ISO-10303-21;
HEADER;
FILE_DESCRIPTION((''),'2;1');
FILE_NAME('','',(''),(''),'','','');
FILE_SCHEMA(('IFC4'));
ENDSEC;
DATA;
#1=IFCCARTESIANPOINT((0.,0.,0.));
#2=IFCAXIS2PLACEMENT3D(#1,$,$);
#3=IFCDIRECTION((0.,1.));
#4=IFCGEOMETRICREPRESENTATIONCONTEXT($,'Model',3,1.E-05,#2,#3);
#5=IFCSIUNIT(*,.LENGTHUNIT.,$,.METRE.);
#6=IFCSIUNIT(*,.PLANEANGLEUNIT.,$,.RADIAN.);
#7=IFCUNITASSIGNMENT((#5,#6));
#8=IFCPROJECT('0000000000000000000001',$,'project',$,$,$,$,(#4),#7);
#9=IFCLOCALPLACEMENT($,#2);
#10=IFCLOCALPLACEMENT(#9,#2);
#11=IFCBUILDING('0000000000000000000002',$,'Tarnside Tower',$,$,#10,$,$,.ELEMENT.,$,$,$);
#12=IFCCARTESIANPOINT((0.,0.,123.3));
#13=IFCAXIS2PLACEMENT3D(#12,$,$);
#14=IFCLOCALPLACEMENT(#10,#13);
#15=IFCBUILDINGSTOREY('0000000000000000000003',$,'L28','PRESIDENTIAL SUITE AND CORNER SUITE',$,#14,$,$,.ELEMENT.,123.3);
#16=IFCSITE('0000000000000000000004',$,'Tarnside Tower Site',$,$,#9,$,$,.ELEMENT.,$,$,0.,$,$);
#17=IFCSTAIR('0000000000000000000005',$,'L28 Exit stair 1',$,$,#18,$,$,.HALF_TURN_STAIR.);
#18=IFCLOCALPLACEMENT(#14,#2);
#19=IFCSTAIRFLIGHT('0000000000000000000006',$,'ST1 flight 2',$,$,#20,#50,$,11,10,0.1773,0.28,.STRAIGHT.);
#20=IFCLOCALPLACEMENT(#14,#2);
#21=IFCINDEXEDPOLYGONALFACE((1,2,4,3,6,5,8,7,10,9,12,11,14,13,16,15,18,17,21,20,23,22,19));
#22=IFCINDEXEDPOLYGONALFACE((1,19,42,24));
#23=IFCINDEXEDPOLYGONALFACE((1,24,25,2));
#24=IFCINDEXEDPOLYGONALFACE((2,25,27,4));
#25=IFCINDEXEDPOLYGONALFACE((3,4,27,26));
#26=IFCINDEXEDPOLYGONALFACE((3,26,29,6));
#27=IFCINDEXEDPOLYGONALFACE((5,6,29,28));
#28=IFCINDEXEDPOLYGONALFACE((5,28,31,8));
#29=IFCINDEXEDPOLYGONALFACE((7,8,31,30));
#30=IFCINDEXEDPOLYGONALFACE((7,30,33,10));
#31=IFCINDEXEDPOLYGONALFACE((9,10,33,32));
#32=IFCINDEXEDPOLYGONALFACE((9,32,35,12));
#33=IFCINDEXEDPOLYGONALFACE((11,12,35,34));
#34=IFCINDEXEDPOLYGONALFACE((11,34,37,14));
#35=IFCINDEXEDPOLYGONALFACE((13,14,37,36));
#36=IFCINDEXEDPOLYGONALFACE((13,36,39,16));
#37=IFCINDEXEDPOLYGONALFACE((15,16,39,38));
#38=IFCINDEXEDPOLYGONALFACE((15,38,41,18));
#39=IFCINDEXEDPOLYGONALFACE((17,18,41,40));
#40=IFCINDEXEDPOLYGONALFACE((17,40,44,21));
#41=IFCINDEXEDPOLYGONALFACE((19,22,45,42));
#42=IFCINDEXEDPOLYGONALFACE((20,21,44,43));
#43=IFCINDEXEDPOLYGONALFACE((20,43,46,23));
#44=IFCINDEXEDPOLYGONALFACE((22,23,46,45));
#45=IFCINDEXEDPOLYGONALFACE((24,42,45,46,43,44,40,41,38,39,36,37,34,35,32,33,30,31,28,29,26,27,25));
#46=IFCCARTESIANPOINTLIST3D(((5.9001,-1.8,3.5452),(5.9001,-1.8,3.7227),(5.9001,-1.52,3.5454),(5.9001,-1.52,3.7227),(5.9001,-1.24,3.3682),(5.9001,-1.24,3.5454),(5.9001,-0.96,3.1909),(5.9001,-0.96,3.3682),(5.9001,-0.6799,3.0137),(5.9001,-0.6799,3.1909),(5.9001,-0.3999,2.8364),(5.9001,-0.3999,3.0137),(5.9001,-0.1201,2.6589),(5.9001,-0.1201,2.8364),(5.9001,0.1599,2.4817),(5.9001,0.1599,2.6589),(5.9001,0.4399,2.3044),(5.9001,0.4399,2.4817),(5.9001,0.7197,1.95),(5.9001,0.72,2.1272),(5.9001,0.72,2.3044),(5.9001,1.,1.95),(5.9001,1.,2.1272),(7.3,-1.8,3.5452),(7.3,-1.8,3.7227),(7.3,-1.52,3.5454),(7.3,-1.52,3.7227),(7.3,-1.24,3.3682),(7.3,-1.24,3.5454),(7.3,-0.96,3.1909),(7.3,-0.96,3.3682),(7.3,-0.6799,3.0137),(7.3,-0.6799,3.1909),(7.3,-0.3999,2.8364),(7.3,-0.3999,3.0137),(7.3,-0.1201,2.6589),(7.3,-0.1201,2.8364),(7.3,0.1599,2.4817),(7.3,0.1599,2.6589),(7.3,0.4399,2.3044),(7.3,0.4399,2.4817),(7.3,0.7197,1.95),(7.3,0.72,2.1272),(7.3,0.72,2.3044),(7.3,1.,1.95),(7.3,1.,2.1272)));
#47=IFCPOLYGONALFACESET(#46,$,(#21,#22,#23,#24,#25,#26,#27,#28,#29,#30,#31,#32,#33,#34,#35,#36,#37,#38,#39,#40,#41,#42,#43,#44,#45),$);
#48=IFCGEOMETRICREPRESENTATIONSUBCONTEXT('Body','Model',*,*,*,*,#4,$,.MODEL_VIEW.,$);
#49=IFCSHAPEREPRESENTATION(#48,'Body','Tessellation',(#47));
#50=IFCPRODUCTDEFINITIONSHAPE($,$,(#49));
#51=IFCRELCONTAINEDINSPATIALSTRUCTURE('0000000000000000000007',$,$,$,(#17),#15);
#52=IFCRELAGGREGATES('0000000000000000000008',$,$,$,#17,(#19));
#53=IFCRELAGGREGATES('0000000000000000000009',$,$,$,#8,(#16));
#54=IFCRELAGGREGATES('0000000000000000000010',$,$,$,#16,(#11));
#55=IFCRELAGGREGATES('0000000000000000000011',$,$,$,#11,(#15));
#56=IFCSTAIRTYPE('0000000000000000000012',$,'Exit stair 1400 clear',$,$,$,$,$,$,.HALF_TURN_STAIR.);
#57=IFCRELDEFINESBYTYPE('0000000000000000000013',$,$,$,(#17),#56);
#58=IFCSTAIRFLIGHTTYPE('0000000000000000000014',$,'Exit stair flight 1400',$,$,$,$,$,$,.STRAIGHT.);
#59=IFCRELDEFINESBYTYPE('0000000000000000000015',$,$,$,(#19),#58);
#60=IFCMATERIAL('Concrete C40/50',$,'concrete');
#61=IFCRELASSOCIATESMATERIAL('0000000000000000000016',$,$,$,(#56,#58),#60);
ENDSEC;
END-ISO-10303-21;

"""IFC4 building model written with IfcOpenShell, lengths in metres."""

from ifc_helpers import new_model, si_unit, direction, frame, origin, place, context, subcontext, project, spatial, polyline, outline, extrude, material, type_object, element, aggregate, save


model = new_model("IFC4")

# Units and contexts
model_context = context("Model", 3, precision=1e-05, world=origin(), true_north=direction((0.0, 1.0)))
body_context = subcontext(model_context, "Body", "Model", "MODEL_VIEW")
ifc_project = project(units=[si_unit("LENGTHUNIT", "METRE"), si_unit("PLANEANGLEUNIT", "RADIAN")], contexts=[model_context])

# Site, building, storey
site_placement = place(None, origin())
site = spatial("IfcSite", under=ifc_project, at=site_placement, Name="Tarnside Tower Site", CompositionType="ELEMENT", RefElevation=0.0)
building_placement = place(site_placement, origin())
building = spatial("IfcBuilding", under=site, at=building_placement, Name="Tarnside Tower", CompositionType="ELEMENT")
storey_placement = place(building_placement, frame((0.0, 0.0, 123.3)))
storey = spatial("IfcBuildingStorey", under=building, at=storey_placement, Name="L28", Description="PRESIDENTIAL SUITE AND CORNER SUITE", CompositionType="ELEMENT", Elevation=123.3)

# Shared definitions
ifc_material_1 = material(Name="Concrete C40/50", Category="concrete")

# Stair, stair flight
stair_type = type_object("IfcStairType", Name="Exit stair 1400 clear", PredefinedType="HALF_TURN_STAIR", material=ifc_material_1)
stair_placement = place(storey_placement, origin())
stair = element("IfcStair", 1, at=stair_placement, inside=storey, type_object=stair_type, Name="L28 Exit stair 1", PredefinedType="HALF_TURN_STAIR")
stair_flight_type = type_object("IfcStairFlightType", Name="Exit stair flight 1400", PredefinedType="STRAIGHT", material=ifc_material_1)
stair_flight_placement = place(storey_placement, frame((6.6001, 1.0, 1.95), z_axis=(0.0, 0.0, 1.0), x_axis=(0.0, -1.0, 0.0)))
stair_flight = element("IfcStairFlight", 2, at=stair_flight_placement, type_object=stair_flight_type, Name="ST1 flight 2", NumberOfRisers=11, NumberOfTreads=10, PredefinedType="STRAIGHT", RiserHeight=0.1773, TreadLength=0.28, context=body_context, shape_type="SweptSolid", body=[
    extrude(outline(polyline([(0.0, 0.0), (0.0, 0.1772), (0.28, 0.1772), (0.28, 0.3545), (0.5601, 0.3545), (0.5601, 0.5317), (0.8401, 0.5317), (0.8401, 0.709), (1.1201, 0.709), (1.1201, 0.8865), (1.3999, 0.8865), (1.3999, 1.0637), (1.6799, 1.0637), (1.6799, 1.241), (1.96, 1.241), (1.96, 1.4182), (2.24, 1.4182), (2.24, 1.5955), (2.52, 1.5955), (2.52, 1.7727), (2.8, 1.7727), (2.8, 1.95), (2.8, 1.5952), (0.2803, 0.0), (0.0, 0.0)])), frame((0.0, 0.7, 0.0), z_axis=(0.0, -1.0, 0.0), x_axis=(1.0, 0.0, 0.0)), (0.0, 0.0, 1.0), 1.3999),
])
aggregate(stair, [stair_flight])

save(model, "model.ifc")
